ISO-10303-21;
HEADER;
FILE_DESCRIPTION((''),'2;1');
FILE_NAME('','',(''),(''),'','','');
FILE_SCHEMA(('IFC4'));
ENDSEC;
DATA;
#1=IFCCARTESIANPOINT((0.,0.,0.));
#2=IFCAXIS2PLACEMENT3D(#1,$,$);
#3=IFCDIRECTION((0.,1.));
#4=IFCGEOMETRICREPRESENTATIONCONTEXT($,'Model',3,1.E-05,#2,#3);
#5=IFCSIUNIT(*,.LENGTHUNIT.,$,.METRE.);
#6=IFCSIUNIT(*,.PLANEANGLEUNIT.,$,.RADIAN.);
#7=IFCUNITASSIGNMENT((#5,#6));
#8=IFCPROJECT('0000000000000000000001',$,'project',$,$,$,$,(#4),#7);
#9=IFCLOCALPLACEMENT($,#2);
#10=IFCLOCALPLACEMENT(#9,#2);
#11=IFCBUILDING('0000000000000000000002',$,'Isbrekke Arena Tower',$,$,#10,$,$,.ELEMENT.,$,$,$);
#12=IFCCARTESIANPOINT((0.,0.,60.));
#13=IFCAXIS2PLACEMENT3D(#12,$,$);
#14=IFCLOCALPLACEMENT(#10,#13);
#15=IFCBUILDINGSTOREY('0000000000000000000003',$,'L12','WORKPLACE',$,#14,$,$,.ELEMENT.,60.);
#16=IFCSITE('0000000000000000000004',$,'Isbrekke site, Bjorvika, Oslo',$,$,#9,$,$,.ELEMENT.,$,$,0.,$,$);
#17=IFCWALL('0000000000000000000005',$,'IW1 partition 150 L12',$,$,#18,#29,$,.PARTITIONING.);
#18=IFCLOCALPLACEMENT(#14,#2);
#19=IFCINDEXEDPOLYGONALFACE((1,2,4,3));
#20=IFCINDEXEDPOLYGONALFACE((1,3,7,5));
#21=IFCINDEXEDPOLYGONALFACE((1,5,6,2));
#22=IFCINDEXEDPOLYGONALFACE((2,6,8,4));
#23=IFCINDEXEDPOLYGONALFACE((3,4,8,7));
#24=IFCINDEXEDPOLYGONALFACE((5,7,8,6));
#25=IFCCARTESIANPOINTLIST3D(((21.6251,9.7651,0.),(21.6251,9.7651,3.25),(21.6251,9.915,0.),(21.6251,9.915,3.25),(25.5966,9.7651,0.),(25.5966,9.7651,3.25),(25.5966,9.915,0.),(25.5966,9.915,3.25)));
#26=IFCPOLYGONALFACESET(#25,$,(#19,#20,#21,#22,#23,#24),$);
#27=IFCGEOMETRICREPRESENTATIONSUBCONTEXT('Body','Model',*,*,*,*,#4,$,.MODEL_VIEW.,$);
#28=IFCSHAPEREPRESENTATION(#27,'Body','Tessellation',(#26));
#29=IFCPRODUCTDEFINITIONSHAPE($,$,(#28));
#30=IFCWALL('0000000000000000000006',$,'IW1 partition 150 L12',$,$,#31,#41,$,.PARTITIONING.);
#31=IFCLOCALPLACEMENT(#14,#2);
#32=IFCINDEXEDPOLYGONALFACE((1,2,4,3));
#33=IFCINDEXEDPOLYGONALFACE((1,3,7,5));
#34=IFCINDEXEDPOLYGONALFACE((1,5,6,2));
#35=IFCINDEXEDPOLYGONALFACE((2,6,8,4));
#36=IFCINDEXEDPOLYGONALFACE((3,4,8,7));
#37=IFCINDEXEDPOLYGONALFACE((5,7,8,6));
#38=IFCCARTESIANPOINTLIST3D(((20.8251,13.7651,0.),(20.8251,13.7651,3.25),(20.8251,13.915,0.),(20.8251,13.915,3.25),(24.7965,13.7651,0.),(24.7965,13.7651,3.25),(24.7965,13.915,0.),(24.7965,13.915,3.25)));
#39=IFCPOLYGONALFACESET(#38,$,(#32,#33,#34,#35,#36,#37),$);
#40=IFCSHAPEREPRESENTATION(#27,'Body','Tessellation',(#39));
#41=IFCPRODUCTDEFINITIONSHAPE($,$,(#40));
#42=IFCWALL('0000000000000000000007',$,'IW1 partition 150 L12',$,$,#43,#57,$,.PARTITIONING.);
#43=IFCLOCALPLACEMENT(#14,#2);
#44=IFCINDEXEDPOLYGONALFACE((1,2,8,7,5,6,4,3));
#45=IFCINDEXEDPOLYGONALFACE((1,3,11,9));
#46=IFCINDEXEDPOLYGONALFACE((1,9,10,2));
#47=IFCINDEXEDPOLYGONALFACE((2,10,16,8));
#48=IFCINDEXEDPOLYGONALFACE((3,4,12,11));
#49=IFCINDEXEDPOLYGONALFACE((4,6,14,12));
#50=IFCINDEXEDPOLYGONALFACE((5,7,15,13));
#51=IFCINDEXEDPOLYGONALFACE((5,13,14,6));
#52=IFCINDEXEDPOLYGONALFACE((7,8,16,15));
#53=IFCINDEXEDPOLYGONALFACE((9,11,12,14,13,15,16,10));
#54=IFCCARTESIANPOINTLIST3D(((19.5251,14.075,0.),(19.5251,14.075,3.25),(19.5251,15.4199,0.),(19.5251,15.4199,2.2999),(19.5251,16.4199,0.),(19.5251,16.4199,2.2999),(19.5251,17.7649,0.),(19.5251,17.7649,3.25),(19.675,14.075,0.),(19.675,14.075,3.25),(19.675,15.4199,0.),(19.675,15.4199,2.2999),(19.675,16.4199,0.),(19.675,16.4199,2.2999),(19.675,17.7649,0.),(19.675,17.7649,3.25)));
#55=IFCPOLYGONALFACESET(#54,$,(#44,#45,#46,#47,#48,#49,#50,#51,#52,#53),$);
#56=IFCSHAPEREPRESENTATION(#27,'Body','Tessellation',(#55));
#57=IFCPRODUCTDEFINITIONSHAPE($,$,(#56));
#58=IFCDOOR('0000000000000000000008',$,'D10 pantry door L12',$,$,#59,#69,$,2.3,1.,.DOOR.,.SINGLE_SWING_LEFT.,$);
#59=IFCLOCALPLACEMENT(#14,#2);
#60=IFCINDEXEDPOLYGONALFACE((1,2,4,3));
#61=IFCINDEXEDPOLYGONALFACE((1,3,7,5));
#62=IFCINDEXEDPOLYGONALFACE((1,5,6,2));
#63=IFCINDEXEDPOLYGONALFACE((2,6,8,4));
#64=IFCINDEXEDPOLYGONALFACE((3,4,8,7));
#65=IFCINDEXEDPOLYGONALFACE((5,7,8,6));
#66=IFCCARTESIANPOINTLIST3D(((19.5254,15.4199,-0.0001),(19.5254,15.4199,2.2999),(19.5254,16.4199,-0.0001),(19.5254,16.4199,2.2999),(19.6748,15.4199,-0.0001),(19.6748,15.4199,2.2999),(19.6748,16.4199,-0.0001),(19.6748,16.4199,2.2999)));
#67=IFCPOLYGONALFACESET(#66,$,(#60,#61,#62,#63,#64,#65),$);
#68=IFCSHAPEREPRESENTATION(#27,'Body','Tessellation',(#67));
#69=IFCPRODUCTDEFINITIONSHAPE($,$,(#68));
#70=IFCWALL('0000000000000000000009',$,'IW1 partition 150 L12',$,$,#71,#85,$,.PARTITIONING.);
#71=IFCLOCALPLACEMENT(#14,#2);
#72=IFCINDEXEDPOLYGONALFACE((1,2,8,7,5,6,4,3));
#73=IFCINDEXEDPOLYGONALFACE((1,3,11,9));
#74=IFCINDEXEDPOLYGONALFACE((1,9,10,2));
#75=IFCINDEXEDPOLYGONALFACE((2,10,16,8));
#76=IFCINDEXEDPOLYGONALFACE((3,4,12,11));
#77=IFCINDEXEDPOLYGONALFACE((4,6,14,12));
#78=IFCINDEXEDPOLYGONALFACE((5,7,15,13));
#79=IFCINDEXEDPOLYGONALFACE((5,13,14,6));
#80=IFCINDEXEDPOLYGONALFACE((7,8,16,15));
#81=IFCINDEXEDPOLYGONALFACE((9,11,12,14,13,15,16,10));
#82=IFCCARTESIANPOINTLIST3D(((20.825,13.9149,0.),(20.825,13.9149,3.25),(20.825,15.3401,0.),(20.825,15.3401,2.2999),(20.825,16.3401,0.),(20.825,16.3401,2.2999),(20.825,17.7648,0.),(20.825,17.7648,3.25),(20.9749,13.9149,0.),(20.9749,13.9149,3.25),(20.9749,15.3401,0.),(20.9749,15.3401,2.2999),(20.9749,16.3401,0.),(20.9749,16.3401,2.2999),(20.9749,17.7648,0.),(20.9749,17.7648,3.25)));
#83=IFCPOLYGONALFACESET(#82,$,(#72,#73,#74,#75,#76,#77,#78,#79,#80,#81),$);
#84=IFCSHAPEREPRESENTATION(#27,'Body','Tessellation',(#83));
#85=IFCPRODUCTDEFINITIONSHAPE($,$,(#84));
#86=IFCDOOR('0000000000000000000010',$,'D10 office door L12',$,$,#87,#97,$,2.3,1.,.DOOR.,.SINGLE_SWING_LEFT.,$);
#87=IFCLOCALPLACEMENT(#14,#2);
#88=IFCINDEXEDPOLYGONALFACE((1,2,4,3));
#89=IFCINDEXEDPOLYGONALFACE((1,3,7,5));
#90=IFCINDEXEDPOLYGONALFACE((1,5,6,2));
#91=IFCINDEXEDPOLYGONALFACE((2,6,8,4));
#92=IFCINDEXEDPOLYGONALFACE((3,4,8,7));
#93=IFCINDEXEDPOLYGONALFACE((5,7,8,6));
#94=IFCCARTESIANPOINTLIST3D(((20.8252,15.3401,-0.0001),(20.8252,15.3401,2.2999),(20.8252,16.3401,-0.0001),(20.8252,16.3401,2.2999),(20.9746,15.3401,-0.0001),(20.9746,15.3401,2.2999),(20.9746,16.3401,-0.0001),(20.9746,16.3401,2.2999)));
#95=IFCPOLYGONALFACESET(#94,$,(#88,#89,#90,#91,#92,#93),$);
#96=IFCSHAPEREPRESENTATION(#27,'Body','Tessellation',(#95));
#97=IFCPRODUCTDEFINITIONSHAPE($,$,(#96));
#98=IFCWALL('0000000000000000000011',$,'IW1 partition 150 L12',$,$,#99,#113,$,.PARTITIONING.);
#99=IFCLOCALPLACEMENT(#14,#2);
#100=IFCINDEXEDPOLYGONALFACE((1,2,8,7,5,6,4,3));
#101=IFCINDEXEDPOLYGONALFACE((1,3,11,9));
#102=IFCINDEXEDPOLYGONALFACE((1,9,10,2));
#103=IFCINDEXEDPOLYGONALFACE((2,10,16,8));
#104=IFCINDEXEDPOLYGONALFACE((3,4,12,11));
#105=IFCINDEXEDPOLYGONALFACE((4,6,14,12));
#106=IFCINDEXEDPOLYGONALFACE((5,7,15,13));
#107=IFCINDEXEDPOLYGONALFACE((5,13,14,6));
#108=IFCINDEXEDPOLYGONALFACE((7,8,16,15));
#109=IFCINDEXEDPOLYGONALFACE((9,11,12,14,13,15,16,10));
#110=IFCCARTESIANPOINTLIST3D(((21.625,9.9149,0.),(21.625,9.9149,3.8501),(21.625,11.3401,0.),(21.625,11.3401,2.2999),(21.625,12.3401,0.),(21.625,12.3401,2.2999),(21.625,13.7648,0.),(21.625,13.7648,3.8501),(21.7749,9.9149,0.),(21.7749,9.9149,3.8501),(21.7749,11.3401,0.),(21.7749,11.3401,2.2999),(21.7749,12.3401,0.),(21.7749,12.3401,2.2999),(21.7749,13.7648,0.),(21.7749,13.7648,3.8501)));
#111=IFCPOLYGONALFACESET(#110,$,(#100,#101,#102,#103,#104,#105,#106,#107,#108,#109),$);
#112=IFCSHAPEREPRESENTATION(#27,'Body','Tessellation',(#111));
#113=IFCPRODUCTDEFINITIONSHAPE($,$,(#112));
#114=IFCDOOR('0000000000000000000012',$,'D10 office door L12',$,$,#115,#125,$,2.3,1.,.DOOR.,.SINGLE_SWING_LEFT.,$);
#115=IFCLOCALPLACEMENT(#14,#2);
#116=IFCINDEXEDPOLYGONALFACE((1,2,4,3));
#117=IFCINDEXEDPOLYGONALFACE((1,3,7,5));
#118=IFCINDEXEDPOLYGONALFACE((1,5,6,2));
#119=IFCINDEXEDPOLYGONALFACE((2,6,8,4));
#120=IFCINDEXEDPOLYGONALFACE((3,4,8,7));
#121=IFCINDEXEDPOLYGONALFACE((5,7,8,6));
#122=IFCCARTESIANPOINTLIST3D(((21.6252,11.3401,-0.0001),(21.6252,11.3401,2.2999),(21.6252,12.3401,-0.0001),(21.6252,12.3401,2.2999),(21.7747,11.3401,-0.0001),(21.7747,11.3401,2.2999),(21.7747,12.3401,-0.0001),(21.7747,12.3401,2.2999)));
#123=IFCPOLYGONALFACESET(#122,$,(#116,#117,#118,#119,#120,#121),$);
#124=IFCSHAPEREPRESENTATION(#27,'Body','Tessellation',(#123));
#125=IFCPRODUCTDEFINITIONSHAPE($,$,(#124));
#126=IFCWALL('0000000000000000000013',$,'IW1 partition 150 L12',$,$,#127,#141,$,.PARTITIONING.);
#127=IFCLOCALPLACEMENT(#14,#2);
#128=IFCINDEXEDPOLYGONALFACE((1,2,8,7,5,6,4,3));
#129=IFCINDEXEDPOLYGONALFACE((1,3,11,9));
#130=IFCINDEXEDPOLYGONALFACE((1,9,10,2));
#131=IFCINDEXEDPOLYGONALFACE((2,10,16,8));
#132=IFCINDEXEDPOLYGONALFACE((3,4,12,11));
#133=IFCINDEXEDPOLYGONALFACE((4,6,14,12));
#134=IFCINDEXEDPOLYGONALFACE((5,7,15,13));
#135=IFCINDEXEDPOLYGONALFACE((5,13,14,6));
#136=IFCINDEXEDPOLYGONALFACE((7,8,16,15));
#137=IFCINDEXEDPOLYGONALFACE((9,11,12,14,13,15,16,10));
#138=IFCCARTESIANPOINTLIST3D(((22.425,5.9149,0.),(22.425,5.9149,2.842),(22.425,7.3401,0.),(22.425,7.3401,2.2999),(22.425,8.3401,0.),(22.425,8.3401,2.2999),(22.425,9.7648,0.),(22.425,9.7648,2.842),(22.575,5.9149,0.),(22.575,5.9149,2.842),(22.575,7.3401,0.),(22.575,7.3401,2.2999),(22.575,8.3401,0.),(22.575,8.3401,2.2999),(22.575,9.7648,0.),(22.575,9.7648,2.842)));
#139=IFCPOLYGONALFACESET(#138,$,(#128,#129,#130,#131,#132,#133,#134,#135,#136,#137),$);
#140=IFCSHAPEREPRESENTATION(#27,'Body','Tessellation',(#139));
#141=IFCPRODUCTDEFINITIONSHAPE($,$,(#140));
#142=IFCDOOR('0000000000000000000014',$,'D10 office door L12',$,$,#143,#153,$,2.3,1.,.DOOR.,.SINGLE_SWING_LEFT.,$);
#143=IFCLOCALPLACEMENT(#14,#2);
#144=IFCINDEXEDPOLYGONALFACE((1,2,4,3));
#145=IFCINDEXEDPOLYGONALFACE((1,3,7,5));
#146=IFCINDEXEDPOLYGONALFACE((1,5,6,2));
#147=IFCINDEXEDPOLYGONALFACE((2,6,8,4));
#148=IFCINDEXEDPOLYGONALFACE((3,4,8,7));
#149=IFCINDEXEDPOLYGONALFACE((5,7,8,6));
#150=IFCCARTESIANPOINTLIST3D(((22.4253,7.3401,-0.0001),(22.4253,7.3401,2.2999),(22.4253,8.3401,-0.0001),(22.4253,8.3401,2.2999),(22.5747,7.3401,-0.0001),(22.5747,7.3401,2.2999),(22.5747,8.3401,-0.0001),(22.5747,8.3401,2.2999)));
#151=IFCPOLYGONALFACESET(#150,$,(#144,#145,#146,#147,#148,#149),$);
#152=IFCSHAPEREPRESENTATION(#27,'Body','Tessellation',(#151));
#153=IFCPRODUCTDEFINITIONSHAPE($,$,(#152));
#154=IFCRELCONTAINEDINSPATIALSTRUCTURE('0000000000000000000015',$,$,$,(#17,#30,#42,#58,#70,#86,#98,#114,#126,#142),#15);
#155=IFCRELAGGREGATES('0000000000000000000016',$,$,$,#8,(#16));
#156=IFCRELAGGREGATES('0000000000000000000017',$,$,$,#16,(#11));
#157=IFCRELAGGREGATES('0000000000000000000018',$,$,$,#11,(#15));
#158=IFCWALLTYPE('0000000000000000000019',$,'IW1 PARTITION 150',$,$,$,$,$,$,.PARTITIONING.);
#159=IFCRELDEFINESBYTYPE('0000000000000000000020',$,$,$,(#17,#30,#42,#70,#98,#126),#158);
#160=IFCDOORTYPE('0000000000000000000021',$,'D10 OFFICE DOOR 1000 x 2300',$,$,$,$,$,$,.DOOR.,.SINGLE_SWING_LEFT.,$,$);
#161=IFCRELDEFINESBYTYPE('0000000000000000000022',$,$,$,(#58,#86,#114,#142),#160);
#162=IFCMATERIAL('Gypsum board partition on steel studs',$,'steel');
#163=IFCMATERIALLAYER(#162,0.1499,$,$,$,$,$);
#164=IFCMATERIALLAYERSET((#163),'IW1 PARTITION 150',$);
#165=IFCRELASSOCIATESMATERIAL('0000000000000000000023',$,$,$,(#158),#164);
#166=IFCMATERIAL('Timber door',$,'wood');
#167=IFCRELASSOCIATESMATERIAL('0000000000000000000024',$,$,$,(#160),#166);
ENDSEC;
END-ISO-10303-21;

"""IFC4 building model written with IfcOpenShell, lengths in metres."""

from ifc_helpers import new_model, si_unit, direction, frame, frame_2d, origin, place, context, subcontext, project, spatial, rectangle, extrude, material, layer, layer_set, type_object, element, fill, save


model = new_model("IFC4")

# Units and contexts
model_context = context("Model", 3, precision=1e-05, world=origin(), true_north=direction((0.0, 1.0)))
body_context = subcontext(model_context, "Body", "Model", "MODEL_VIEW")
ifc_project = project(units=[si_unit("LENGTHUNIT", "METRE"), si_unit("PLANEANGLEUNIT", "RADIAN")], contexts=[model_context])

# Site, building, storey
site_placement = place(None, origin())
site = spatial("IfcSite", under=ifc_project, at=site_placement, Name="Isbrekke site, Bjorvika, Oslo", CompositionType="ELEMENT", RefElevation=0.0)
building_placement = place(site_placement, origin())
building = spatial("IfcBuilding", under=site, at=building_placement, Name="Isbrekke Arena Tower", CompositionType="ELEMENT")
storey_placement = place(building_placement, frame((0.0, 0.0, 60.0)))
storey = spatial("IfcBuildingStorey", under=building, at=storey_placement, Name="L12", Description="WORKPLACE", CompositionType="ELEMENT", Elevation=60.0)

# Walls
ifc_material_1 = material(Name="Gypsum board partition on steel studs", Category="steel")
ifc_layer_1 = layer(ifc_material_1, 0.1499)
ifc_layer_set_1 = layer_set([ifc_layer_1], Name="IW1 PARTITION 150")
wall_type = type_object("IfcWallType", Name="IW1 PARTITION 150", PredefinedType="PARTITIONING", material=ifc_layer_set_1)
for number, where, z_axis, x_axis, name in (
    (1, (21.625, 9.8401, 0.0), (0.0, 0.0, 1.0), (1.0, 0.0, 0.0), "IW1 partition 150 L12"),
    (2, (20.825, 13.8401, 0.0), (0.0, 0.0, 1.0), (1.0, 0.0, 0.0), "IW1 partition 150 L12"),
):
    element("IfcWall", number, at=place(storey_placement, frame(where, z_axis=z_axis, x_axis=x_axis)), inside=storey, type_object=wall_type, Name=name, PredefinedType="PARTITIONING", context=body_context, shape_type="SweptSolid", body=[
        extrude(rectangle(XDim=3.9714, YDim=0.1499, at=frame_2d((1.9858, 0.0))), origin(), (0.0, 0.0, 1.0), 3.25),
    ])

# Walls, openings, doors
wall_1_placement = place(storey_placement, frame((19.6001, 14.075, 0.0), z_axis=(0.0, 0.0, 1.0), x_axis=(0.0, 1.0, 0.0)))
wall_1 = element("IfcWall", 3, at=wall_1_placement, inside=storey, type_object=wall_type, Name="IW1 partition 150 L12", PredefinedType="PARTITIONING", context=body_context, shape_type="SweptSolid", body=[
    extrude(rectangle(XDim=3.6899, YDim=0.1499, at=frame_2d((1.845, 0.0))), origin(), (0.0, 0.0, 1.0), 3.25),
])
opening_1_placement = place(wall_1_placement, frame((1.345, 0.0, 0.0)))
opening_1 = element("IfcOpeningElement", 4, at=opening_1_placement, cuts=wall_1, PredefinedType="OPENING", context=body_context, shape_type="SweptSolid", body=[
    extrude(rectangle(XDim=1.0, YDim=2.3, at=frame_2d((0.5, 1.1499))), frame((0.0, 0.0898, 0.0), z_axis=(0.0, -1.0, 0.0), x_axis=(1.0, 0.0, 0.0)), (0.0, 0.0, 1.0), 0.1797),
])
ifc_material_2 = material(Name="Timber door", Category="wood")
door_type = type_object("IfcDoorType", Name="D10 OFFICE DOOR 1000 x 2300", OperationType="SINGLE_SWING_LEFT", PredefinedType="DOOR", material=ifc_material_2)
door_1_placement = place(opening_1_placement, origin())
door_1 = element("IfcDoor", 5, at=door_1_placement, inside=storey, type_object=door_type, Name="D10 pantry door L12", OperationType="SINGLE_SWING_LEFT", OverallHeight=2.3, OverallWidth=1.0, PredefinedType="DOOR", context=body_context, shape_type="SweptSolid", body=[
    extrude(rectangle(XDim=1.0, YDim=2.3, at=frame_2d((0.5, 1.1499))), frame((0.0, 0.0747, 0.0), z_axis=(0.0, -1.0, 0.0), x_axis=(1.0, 0.0, 0.0)), (0.0, 0.0, 1.0), 0.1494),
])
fill(opening_1, door_1)
wall_2_placement = place(storey_placement, frame((20.8999, 13.915, 0.0), z_axis=(0.0, 0.0, 1.0), x_axis=(0.0, 1.0, 0.0)))
wall_2 = element("IfcWall", 6, at=wall_2_placement, inside=storey, type_object=wall_type, Name="IW1 partition 150 L12", PredefinedType="PARTITIONING", context=body_context, shape_type="SweptSolid", body=[
    extrude(rectangle(XDim=3.8499, YDim=0.1499, at=frame_2d((1.9248, 0.0))), origin(), (0.0, 0.0, 1.0), 3.25),
])
opening_2_placement = place(wall_2_placement, frame((1.425, 0.0, 0.0)))
opening_2 = element("IfcOpeningElement", 7, at=opening_2_placement, cuts=wall_2, PredefinedType="OPENING", context=body_context, shape_type="SweptSolid", body=[
    extrude(rectangle(XDim=1.0, YDim=2.3, at=frame_2d((0.5, 1.1499))), frame((0.0, 0.0898, 0.0), z_axis=(0.0, -1.0, 0.0), x_axis=(1.0, 0.0, 0.0)), (0.0, 0.0, 1.0), 0.1797),
])
door_2_placement = place(opening_2_placement, origin())
door_2 = element("IfcDoor", 8, at=door_2_placement, inside=storey, type_object=door_type, Name="D10 office door L12", OperationType="SINGLE_SWING_LEFT", OverallHeight=2.3, OverallWidth=1.0, PredefinedType="DOOR", context=body_context, shape_type="SweptSolid", body=[
    extrude(rectangle(XDim=1.0, YDim=2.3, at=frame_2d((0.5, 1.1499))), frame((0.0, 0.0747, 0.0), z_axis=(0.0, -1.0, 0.0), x_axis=(1.0, 0.0, 0.0)), (0.0, 0.0, 1.0), 0.1494),
])
fill(opening_2, door_2)
wall_3_placement = place(storey_placement, frame((21.7, 9.915, 0.0), z_axis=(0.0, 0.0, 1.0), x_axis=(0.0, 1.0, 0.0)))
wall_3 = element("IfcWall", 9, at=wall_3_placement, inside=storey, type_object=wall_type, Name="IW1 partition 150 L12", PredefinedType="PARTITIONING", context=body_context, shape_type="SweptSolid", body=[
    extrude(rectangle(XDim=3.8499, YDim=0.1499, at=frame_2d((1.9248, 0.0))), origin(), (0.0, 0.0, 1.0), 3.8501),
])
opening_3_placement = place(wall_3_placement, frame((1.425, 0.0, 0.0)))
opening_3 = element("IfcOpeningElement", 10, at=opening_3_placement, cuts=wall_3, PredefinedType="OPENING", context=body_context, shape_type="SweptSolid", body=[
    extrude(rectangle(XDim=1.0, YDim=2.3, at=frame_2d((0.5, 1.1499))), frame((0.0, 0.0898, 0.0), z_axis=(0.0, -1.0, 0.0), x_axis=(1.0, 0.0, 0.0)), (0.0, 0.0, 1.0), 0.1797),
])
door_3_placement = place(opening_3_placement, origin())
door_3 = element("IfcDoor", 11, at=door_3_placement, inside=storey, type_object=door_type, Name="D10 office door L12", OperationType="SINGLE_SWING_LEFT", OverallHeight=2.3, OverallWidth=1.0, PredefinedType="DOOR", context=body_context, shape_type="SweptSolid", body=[
    extrude(rectangle(XDim=1.0, YDim=2.3, at=frame_2d((0.5, 1.1499))), frame((0.0, 0.0747, 0.0), z_axis=(0.0, -1.0, 0.0), x_axis=(1.0, 0.0, 0.0)), (0.0, 0.0, 1.0), 0.1494),
])
fill(opening_3, door_3)
wall_4_placement = place(storey_placement, frame((22.5, 5.915, 0.0), z_axis=(0.0, 0.0, 1.0), x_axis=(0.0, 1.0, 0.0)))
wall_4 = element("IfcWall", 12, at=wall_4_placement, inside=storey, type_object=wall_type, Name="IW1 partition 150 L12", PredefinedType="PARTITIONING", context=body_context, shape_type="SweptSolid", body=[
    extrude(rectangle(XDim=3.8499, YDim=0.1499, at=frame_2d((1.9248, 0.0))), origin(), (0.0, 0.0, 1.0), 2.842),
])
opening_4_placement = place(wall_4_placement, frame((1.425, 0.0, 0.0)))
opening_4 = element("IfcOpeningElement", 13, at=opening_4_placement, cuts=wall_4, PredefinedType="OPENING", context=body_context, shape_type="SweptSolid", body=[
    extrude(rectangle(XDim=1.0, YDim=2.3, at=frame_2d((0.5, 1.1499))), frame((0.0, 0.0898, 0.0), z_axis=(0.0, -1.0, 0.0), x_axis=(1.0, 0.0, 0.0)), (0.0, 0.0, 1.0), 0.1797),
])
door_4_placement = place(opening_4_placement, origin())
door_4 = element("IfcDoor", 14, at=door_4_placement, inside=storey, type_object=door_type, Name="D10 office door L12", OperationType="SINGLE_SWING_LEFT", OverallHeight=2.3, OverallWidth=1.0, PredefinedType="DOOR", context=body_context, shape_type="SweptSolid", body=[
    extrude(rectangle(XDim=1.0, YDim=2.3, at=frame_2d((0.5, 1.1499))), frame((0.0, 0.0747, 0.0), z_axis=(0.0, -1.0, 0.0), x_axis=(1.0, 0.0, 0.0)), (0.0, 0.0, 1.0), 0.1494),
])
fill(opening_4, door_4)

save(model, "model.ifc")
